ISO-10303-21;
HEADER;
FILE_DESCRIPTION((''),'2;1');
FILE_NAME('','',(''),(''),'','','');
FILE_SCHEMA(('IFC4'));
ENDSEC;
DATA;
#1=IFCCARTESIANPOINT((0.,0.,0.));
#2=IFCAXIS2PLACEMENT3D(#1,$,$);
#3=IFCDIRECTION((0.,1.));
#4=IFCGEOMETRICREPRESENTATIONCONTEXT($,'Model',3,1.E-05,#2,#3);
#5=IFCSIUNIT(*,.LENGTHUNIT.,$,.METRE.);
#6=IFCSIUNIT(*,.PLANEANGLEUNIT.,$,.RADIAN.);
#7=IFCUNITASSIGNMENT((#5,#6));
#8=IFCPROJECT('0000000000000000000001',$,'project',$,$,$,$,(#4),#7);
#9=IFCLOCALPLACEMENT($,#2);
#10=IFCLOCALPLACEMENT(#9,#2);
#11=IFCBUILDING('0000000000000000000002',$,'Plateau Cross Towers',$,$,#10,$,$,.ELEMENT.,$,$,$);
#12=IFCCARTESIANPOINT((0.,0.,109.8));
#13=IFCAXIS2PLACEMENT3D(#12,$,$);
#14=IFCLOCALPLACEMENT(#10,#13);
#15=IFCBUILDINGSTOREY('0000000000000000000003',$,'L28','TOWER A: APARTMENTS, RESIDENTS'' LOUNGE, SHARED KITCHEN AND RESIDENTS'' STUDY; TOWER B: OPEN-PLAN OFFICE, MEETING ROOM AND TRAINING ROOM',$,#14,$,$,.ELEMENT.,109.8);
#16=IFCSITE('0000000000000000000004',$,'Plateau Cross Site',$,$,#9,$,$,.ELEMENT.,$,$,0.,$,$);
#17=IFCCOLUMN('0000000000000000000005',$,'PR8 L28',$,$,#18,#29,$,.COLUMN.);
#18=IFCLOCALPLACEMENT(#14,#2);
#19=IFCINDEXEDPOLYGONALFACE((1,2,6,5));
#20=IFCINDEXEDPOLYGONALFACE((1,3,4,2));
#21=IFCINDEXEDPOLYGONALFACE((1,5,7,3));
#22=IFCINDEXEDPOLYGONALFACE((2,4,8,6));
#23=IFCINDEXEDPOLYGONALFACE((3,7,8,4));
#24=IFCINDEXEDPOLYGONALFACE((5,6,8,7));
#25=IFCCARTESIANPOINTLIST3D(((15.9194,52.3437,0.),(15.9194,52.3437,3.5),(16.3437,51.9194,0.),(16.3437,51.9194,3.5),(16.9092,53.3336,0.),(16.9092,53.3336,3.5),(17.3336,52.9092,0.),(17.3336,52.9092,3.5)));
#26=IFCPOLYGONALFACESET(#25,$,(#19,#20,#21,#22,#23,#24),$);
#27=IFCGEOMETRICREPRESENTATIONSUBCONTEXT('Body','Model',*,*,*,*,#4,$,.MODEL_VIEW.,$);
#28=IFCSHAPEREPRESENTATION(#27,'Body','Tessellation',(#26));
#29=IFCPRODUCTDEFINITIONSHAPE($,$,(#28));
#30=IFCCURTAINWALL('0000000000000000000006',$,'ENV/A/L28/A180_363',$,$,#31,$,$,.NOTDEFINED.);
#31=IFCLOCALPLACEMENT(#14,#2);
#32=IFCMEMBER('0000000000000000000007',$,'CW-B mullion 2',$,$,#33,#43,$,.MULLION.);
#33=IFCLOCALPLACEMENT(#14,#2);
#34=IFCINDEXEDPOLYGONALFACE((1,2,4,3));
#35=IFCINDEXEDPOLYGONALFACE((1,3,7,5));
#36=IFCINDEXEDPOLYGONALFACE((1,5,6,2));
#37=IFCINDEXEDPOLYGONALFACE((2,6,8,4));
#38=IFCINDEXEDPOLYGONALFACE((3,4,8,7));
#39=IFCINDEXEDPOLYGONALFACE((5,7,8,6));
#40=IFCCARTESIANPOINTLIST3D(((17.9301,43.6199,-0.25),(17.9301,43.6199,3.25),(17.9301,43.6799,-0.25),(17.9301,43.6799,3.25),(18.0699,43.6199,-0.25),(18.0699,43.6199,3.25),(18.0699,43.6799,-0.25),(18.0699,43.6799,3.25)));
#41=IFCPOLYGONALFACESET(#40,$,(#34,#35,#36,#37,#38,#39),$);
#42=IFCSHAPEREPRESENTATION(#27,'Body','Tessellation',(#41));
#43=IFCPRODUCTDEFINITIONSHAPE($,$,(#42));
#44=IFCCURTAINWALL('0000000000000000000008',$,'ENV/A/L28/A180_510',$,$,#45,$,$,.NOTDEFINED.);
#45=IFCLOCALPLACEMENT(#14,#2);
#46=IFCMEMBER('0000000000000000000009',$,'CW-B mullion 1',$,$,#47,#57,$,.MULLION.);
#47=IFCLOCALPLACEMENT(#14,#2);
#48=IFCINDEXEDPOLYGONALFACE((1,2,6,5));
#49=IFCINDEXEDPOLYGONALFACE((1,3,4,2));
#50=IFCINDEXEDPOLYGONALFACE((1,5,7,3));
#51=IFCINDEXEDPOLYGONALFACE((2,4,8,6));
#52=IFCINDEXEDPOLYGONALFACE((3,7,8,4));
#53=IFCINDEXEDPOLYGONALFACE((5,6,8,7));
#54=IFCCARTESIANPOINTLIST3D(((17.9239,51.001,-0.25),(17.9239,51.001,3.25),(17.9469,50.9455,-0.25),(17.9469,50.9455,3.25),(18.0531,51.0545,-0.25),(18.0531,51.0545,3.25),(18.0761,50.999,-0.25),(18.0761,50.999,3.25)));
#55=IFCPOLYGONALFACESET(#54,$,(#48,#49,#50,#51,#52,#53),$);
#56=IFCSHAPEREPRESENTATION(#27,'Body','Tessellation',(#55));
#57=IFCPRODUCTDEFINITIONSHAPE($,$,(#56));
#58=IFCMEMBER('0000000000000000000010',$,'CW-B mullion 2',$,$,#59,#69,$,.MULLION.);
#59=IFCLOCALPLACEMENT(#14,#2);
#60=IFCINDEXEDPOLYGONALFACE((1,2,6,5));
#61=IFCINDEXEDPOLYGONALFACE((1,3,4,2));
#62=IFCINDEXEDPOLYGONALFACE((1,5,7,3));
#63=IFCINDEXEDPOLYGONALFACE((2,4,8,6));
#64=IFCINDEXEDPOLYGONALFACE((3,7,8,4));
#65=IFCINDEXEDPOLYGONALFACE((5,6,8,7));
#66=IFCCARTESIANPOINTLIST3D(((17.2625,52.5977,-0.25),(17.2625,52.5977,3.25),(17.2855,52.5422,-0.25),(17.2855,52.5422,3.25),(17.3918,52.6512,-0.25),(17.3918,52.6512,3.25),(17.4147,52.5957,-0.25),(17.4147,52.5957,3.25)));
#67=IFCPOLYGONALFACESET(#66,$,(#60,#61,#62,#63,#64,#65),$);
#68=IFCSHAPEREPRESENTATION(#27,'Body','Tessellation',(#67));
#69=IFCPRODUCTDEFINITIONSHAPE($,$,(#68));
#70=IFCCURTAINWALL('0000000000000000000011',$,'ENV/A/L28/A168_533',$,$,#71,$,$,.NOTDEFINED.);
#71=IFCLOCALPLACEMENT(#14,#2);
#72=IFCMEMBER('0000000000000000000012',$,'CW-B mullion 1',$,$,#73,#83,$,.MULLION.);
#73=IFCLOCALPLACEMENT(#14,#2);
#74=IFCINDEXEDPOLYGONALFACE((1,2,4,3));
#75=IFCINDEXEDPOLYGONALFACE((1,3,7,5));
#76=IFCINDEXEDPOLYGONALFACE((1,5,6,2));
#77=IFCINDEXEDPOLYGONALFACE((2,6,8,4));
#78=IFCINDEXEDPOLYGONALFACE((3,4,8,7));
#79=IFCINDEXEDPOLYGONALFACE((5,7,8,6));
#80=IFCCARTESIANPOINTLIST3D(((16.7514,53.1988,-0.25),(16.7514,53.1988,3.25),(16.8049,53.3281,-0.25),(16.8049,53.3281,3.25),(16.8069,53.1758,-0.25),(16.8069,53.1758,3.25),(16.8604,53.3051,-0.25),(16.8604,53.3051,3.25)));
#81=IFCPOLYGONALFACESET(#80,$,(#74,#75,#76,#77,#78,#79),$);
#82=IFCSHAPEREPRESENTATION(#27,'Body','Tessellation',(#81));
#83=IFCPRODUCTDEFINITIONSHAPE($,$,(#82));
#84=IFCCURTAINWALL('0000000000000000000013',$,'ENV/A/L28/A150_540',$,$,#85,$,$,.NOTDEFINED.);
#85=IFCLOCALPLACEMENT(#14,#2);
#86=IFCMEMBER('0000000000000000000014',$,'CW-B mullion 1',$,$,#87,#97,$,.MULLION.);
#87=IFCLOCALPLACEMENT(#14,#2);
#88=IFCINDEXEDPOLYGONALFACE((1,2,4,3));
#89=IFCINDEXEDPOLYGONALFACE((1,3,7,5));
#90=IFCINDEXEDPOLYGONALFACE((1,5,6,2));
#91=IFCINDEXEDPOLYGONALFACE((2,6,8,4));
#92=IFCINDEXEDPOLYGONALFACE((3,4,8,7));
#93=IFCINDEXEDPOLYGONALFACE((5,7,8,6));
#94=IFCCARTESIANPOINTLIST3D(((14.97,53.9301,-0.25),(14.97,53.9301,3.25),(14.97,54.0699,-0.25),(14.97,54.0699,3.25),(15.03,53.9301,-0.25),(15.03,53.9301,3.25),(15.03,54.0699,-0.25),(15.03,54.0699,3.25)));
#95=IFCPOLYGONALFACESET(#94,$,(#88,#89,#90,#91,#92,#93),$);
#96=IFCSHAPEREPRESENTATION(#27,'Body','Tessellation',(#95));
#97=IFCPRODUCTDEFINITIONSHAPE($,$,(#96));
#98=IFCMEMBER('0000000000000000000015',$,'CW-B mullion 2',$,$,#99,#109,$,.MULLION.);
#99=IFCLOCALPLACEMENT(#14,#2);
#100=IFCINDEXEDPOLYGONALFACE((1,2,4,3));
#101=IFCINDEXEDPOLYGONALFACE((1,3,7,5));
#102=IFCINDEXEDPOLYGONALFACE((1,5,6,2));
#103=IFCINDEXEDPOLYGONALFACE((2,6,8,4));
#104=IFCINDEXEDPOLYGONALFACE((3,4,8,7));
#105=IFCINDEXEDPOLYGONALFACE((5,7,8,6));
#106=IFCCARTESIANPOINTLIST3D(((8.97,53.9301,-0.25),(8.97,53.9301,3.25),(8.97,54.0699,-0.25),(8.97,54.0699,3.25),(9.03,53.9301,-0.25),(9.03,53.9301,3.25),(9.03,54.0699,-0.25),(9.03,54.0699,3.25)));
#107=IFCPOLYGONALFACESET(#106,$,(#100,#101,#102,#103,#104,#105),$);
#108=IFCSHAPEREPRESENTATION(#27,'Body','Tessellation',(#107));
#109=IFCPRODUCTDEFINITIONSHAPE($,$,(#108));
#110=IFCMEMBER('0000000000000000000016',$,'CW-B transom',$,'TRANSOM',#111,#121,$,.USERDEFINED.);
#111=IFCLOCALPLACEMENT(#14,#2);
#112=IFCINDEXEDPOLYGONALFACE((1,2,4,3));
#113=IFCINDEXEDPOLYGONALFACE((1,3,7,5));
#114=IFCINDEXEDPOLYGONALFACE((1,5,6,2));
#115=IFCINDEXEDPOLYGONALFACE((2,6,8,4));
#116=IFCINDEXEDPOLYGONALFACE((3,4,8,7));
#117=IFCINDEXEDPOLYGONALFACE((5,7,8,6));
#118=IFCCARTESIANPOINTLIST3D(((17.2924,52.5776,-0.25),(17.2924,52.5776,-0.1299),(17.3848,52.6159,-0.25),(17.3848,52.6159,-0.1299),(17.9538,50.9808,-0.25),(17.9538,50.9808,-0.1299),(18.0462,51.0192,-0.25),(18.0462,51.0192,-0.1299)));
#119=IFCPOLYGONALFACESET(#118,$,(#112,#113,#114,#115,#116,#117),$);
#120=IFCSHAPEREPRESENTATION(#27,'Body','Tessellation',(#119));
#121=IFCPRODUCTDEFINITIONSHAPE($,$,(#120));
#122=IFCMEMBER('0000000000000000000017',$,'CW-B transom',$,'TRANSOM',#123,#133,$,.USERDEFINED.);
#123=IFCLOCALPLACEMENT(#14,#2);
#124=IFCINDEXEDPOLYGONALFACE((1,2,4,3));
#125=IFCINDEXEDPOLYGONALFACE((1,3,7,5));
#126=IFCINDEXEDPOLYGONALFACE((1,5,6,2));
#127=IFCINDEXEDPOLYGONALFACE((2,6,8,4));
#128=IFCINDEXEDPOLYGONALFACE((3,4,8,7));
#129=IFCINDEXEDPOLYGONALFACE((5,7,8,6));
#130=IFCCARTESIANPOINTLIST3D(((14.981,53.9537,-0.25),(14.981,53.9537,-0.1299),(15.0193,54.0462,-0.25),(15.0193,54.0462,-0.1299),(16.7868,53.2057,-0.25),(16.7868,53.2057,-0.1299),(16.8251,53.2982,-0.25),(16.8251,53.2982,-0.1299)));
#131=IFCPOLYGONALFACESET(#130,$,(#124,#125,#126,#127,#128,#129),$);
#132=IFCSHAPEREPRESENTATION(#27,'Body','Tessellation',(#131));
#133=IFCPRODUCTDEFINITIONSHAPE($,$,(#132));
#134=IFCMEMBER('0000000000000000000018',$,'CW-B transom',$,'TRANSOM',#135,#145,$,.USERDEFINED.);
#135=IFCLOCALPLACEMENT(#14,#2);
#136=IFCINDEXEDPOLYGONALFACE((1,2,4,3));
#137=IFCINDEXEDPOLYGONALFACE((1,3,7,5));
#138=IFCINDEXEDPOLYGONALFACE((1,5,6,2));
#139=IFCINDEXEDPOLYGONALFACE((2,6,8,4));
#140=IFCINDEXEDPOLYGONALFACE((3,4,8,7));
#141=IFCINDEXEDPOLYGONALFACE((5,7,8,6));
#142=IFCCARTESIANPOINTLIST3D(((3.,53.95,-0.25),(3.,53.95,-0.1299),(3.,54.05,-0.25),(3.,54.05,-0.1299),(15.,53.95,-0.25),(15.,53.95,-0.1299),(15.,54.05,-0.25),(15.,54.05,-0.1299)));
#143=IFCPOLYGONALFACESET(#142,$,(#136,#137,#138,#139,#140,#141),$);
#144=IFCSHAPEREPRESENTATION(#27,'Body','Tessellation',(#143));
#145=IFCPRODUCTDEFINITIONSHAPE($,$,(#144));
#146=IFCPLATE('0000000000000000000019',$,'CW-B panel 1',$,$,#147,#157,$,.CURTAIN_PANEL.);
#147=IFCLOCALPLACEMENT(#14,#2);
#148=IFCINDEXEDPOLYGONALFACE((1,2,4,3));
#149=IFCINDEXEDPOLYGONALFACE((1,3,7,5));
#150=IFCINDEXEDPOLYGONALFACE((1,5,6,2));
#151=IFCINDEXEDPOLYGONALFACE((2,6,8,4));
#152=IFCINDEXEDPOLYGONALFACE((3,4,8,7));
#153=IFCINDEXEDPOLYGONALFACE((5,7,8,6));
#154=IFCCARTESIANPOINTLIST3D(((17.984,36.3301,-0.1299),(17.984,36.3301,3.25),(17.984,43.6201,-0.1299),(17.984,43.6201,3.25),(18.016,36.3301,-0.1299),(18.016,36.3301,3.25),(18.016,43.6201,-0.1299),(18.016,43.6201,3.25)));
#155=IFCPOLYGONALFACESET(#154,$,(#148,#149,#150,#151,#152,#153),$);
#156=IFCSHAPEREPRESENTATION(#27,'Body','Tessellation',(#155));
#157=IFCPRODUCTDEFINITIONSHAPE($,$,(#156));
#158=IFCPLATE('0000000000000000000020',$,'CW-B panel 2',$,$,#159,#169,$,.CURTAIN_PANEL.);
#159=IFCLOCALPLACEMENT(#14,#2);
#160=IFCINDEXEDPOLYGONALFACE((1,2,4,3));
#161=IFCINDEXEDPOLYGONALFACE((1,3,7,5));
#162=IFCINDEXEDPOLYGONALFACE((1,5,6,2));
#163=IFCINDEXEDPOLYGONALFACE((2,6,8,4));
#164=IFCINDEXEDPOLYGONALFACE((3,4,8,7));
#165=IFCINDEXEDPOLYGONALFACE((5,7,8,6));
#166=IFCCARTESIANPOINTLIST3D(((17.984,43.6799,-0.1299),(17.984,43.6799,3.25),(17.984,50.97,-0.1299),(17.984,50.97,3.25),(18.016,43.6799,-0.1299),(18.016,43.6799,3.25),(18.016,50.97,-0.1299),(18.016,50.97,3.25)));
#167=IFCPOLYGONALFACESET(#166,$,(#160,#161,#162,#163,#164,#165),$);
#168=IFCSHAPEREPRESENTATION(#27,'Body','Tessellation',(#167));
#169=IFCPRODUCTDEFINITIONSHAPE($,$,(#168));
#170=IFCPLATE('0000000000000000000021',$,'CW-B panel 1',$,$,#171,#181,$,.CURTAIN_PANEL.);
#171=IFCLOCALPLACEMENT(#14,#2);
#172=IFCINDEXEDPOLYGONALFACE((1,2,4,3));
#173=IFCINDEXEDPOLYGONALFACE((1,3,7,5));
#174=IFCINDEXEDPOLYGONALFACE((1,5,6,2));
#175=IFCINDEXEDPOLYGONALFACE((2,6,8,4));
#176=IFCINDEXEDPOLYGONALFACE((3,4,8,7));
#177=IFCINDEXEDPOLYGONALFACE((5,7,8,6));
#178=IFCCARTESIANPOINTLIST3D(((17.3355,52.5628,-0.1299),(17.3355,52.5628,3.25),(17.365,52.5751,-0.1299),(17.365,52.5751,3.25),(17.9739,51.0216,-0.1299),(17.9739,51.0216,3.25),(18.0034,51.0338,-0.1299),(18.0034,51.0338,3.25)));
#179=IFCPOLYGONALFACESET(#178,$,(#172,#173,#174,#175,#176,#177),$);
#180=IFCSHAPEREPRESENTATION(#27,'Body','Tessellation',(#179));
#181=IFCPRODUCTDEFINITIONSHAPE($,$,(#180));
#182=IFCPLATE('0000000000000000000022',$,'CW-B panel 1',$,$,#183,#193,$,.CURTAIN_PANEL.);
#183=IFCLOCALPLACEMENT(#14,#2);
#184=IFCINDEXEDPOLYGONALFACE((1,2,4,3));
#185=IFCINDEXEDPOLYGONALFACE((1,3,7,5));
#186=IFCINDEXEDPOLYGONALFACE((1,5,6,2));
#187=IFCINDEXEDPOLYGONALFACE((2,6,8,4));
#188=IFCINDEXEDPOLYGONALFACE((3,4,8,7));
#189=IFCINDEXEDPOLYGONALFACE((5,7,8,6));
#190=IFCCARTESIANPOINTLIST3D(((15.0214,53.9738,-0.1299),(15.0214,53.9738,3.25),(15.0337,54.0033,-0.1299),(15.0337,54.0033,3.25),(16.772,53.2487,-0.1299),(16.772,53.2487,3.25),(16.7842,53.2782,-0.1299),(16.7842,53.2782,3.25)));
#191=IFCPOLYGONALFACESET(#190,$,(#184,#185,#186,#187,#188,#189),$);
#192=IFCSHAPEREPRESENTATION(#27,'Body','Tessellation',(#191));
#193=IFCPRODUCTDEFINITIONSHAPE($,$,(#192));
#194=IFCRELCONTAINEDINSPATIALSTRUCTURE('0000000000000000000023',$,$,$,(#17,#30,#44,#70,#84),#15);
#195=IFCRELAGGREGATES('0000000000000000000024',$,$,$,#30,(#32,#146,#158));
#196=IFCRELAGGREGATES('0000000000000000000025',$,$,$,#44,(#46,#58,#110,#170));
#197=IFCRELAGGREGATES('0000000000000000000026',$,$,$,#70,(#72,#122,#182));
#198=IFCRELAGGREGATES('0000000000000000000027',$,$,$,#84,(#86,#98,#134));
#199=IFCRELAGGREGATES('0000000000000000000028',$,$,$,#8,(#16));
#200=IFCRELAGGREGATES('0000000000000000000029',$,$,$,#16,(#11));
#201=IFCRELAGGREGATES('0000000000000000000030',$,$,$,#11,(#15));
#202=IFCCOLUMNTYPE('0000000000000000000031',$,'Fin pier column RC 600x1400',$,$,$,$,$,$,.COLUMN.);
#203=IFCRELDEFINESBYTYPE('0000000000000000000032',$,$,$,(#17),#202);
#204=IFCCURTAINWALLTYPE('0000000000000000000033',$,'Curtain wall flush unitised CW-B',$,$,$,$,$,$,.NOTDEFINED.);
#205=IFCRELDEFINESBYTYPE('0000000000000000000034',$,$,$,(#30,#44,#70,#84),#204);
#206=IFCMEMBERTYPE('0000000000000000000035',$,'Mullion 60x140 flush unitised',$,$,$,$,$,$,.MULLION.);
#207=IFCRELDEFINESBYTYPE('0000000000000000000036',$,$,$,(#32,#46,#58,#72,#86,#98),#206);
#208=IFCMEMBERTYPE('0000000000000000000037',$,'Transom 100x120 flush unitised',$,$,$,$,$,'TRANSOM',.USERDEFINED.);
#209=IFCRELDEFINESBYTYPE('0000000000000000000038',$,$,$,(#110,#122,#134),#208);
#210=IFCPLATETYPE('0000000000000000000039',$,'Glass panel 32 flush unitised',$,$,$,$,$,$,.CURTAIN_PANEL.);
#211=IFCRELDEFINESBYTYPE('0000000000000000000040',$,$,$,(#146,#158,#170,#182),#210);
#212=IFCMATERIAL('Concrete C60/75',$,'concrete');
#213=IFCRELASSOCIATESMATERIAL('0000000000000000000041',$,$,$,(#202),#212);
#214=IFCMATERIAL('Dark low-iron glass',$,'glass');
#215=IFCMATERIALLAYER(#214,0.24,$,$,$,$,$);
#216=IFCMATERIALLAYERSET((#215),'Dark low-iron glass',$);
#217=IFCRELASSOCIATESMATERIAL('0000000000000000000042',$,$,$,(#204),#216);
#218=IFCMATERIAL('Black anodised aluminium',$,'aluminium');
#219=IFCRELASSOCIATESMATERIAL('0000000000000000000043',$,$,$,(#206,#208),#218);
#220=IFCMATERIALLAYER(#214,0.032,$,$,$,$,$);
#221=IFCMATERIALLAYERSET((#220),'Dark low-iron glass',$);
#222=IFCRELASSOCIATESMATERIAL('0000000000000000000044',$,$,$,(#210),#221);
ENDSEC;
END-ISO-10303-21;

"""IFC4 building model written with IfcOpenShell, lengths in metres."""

from ifc_helpers import new_model, si_unit, direction, frame, origin, origin_2d, place, context, subcontext, project, spatial, rectangle, extrude, material, layer, layer_set, material_profile, profile_set, type_object, element, aggregate, save


model = new_model("IFC4")

# Units and contexts
model_context = context("Model", 3, precision=1e-05, world=origin(), true_north=direction((0.0, 1.0)))
body_context = subcontext(model_context, "Body", "Model", "MODEL_VIEW")
ifc_project = project(units=[si_unit("LENGTHUNIT", "METRE"), si_unit("PLANEANGLEUNIT", "RADIAN")], contexts=[model_context])

# Site, building, storey
site_placement = place(None, origin())
site = spatial("IfcSite", under=ifc_project, at=site_placement, Name="Plateau Cross Site", CompositionType="ELEMENT", RefElevation=0.0)
building_placement = place(site_placement, origin())
building = spatial("IfcBuilding", under=site, at=building_placement, Name="Plateau Cross Towers", CompositionType="ELEMENT")
storey_placement = place(building_placement, frame((0.0, 0.0, 109.8)))
storey = spatial("IfcBuildingStorey", under=building, at=storey_placement, Name="L28", Description="TOWER A: APARTMENTS, RESIDENTS' LOUNGE, SHARED KITCHEN AND RESIDENTS' STUDY; TOWER B: OPEN-PLAN OFFICE, MEETING ROOM AND TRAINING ROOM", CompositionType="ELEMENT", Elevation=109.8)

# Column
ifc_material_1 = material(Name="Concrete C60/75", Category="concrete")
ifc_material_profile_1 = material_profile(ifc_material_1, rectangle(XDim=0.6001, YDim=1.3999, at=origin_2d()), Name="RC 600x1400")
ifc_profile_set_1 = profile_set([ifc_material_profile_1], Name="Concrete C60/75")
column_type = type_object("IfcColumnType", Name="Fin pier column RC 600x1400", PredefinedType="COLUMN", material=ifc_profile_set_1)
column_placement = place(storey_placement, frame((16.6265, 52.6265, 0.0), z_axis=(0.0, 0.0, 1.0), x_axis=(-0.707107, 0.707107, 0.0)))
element("IfcColumn", 1, at=column_placement, inside=storey, type_object=column_type, Name="PR8 L28", PredefinedType="COLUMN", context=body_context, shape_type="SweptSolid", body=[
    extrude(rectangle(XDim=0.6001, YDim=1.3999, at=origin_2d()), origin(), (0.0, 0.0, 1.0), 3.5),
])

# Curtain wall, member
ifc_material_2 = material(Name="Dark low-iron glass", Category="glass")
ifc_layer_1 = layer(ifc_material_2, 0.24)
ifc_layer_set_1 = layer_set([ifc_layer_1], Name="Dark low-iron glass")
curtain_wall_type = type_object("IfcCurtainWallType", Name="Curtain wall flush unitised CW-B", PredefinedType="NOTDEFINED", material=ifc_layer_set_1)
curtain_wall_1_placement = place(storey_placement, origin())
curtain_wall_1 = element("IfcCurtainWall", 2, at=curtain_wall_1_placement, inside=storey, type_object=curtain_wall_type, Name="ENV/A/L28/A180_363", PredefinedType="NOTDEFINED")
ifc_material_3 = material(Name="Black anodised aluminium", Category="aluminium")
ifc_material_profile_2 = material_profile(ifc_material_3, rectangle(XDim=0.0601, YDim=0.1399, at=origin_2d()), Name="MULLION 60x140")
ifc_profile_set_2 = profile_set([ifc_material_profile_2], Name="Black anodised aluminium")
member_type_1 = type_object("IfcMemberType", Name="Mullion 60x140 flush unitised", PredefinedType="MULLION", material=ifc_profile_set_2)
member_1_placement = place(storey_placement, frame((18.0, 43.6499, -0.25), z_axis=(0.0, 0.0, 1.0), x_axis=(0.0, 1.0, 0.0)))
member_1 = element("IfcMember", 3, at=member_1_placement, type_object=member_type_1, Name="CW-B mullion 2", PredefinedType="MULLION", context=body_context, shape_type="SweptSolid", body=[
    extrude(rectangle(XDim=0.0601, YDim=0.1399, at=origin_2d()), origin(), (0.0, 0.0, 1.0), 3.5),
])

# Curtain wall, members
curtain_wall_2_placement = place(storey_placement, origin())
curtain_wall_2 = element("IfcCurtainWall", 4, at=curtain_wall_2_placement, inside=storey, type_object=curtain_wall_type, Name="ENV/A/L28/A180_510", PredefinedType="NOTDEFINED")
member_2_placement = place(storey_placement, frame((18.0, 51.0, -0.25), z_axis=(0.0, 0.0, 1.0), x_axis=(-0.382684, 0.923879, 0.0)))
member_2 = element("IfcMember", 5, at=member_2_placement, type_object=member_type_1, Name="CW-B mullion 1", PredefinedType="MULLION", context=body_context, shape_type="SweptSolid", body=[
    extrude(rectangle(XDim=0.0601, YDim=0.1399, at=origin_2d()), origin(), (0.0, 0.0, 1.0), 3.5),
])
member_3_placement = place(storey_placement, frame((17.3386, 52.5967, -0.25), z_axis=(0.0, 0.0, 1.0), x_axis=(-0.382684, 0.923879, 0.0)))
member_3 = element("IfcMember", 6, at=member_3_placement, type_object=member_type_1, Name="CW-B mullion 2", PredefinedType="MULLION", context=body_context, shape_type="SweptSolid", body=[
    extrude(rectangle(XDim=0.0601, YDim=0.1399, at=origin_2d()), origin(), (0.0, 0.0, 1.0), 3.5),
])

# Curtain wall, member
curtain_wall_3_placement = place(storey_placement, origin())
curtain_wall_3 = element("IfcCurtainWall", 7, at=curtain_wall_3_placement, inside=storey, type_object=curtain_wall_type, Name="ENV/A/L28/A168_533", PredefinedType="NOTDEFINED")
member_4_placement = place(storey_placement, frame((16.8059, 53.252, -0.25), z_axis=(0.0, 0.0, 1.0), x_axis=(-0.923879, 0.382684, 0.0)))
member_4 = element("IfcMember", 8, at=member_4_placement, type_object=member_type_1, Name="CW-B mullion 1", PredefinedType="MULLION", context=body_context, shape_type="SweptSolid", body=[
    extrude(rectangle(XDim=0.0601, YDim=0.1399, at=origin_2d()), origin(), (0.0, 0.0, 1.0), 3.5),
])

# Curtain wall, members
curtain_wall_4_placement = place(storey_placement, origin())
curtain_wall_4 = element("IfcCurtainWall", 9, at=curtain_wall_4_placement, inside=storey, type_object=curtain_wall_type, Name="ENV/A/L28/A150_540", PredefinedType="NOTDEFINED")
member_5_placement = place(storey_placement, frame((15.0, 54.0, -0.25), z_axis=(0.0, 0.0, 1.0), x_axis=(-1.0, 0.0, 0.0)))
member_5 = element("IfcMember", 10, at=member_5_placement, type_object=member_type_1, Name="CW-B mullion 1", PredefinedType="MULLION", context=body_context, shape_type="SweptSolid", body=[
    extrude(rectangle(XDim=0.0601, YDim=0.1399, at=origin_2d()), origin(), (0.0, 0.0, 1.0), 3.5),
])
member_6_placement = place(storey_placement, frame((9.0, 54.0, -0.25), z_axis=(0.0, 0.0, 1.0), x_axis=(-1.0, 0.0, 0.0)))
member_6 = element("IfcMember", 11, at=member_6_placement, type_object=member_type_1, Name="CW-B mullion 2", PredefinedType="MULLION", context=body_context, shape_type="SweptSolid", body=[
    extrude(rectangle(XDim=0.0601, YDim=0.1399, at=origin_2d()), origin(), (0.0, 0.0, 1.0), 3.5),
])

# Members
ifc_material_profile_3 = material_profile(ifc_material_3, rectangle(XDim=0.1001, YDim=0.1201, at=origin_2d()), Name="TRANSOM 100x120")
ifc_profile_set_3 = profile_set([ifc_material_profile_3], Name="Black anodised aluminium")
member_type_2 = type_object("IfcMemberType", Name="Transom 100x120 flush unitised", ElementType="TRANSOM", PredefinedType="USERDEFINED", material=ifc_profile_set_3)
member_7_placement = place(storey_placement, frame((18.0, 51.0, -0.1899), z_axis=(-0.382689, 0.923877, 0.0), x_axis=(-0.923877, -0.382689, 0.0)))
member_7 = element("IfcMember", 12, at=member_7_placement, type_object=member_type_2, Name="CW-B transom", ObjectType="TRANSOM", PredefinedType="USERDEFINED", context=body_context, shape_type="SweptSolid", body=[
    extrude(rectangle(XDim=0.1001, YDim=0.1201, at=origin_2d()), origin(), (0.0, 0.0, 1.0), 1.7283),
])
member_8_placement = place(storey_placement, frame((16.8059, 53.252, -0.1899), z_axis=(-0.923877, 0.38269, 0.0), x_axis=(-0.38269, -0.923877, 0.0)))
member_8 = element("IfcMember", 13, at=member_8_placement, type_object=member_type_2, Name="CW-B transom", ObjectType="TRANSOM", PredefinedType="USERDEFINED", context=body_context, shape_type="SweptSolid", body=[
    extrude(rectangle(XDim=0.1001, YDim=0.1201, at=origin_2d()), origin(), (0.0, 0.0, 1.0), 1.9546),
])
member_9_placement = place(storey_placement, frame((15.0, 54.0, -0.1899), z_axis=(-1.0, 0.0, 0.0), x_axis=(0.0, -1.0, 0.0)))
member_9 = element("IfcMember", 14, at=member_9_placement, type_object=member_type_2, Name="CW-B transom", ObjectType="TRANSOM", PredefinedType="USERDEFINED", context=body_context, shape_type="SweptSolid", body=[
    extrude(rectangle(XDim=0.1001, YDim=0.1201, at=origin_2d()), origin(), (0.0, 0.0, 1.0), 12.0),
])

# Plates
ifc_layer_2 = layer(ifc_material_2, 0.032)
ifc_layer_set_2 = layer_set([ifc_layer_2], Name="Dark low-iron glass")
plate_type = type_object("IfcPlateType", Name="Glass panel 32 flush unitised", PredefinedType="CURTAIN_PANEL", material=ifc_layer_set_2)
plate_1_placement = place(storey_placement, frame((18.0, 39.9751, -0.1299), z_axis=(0.0, 0.0, 1.0), x_axis=(0.0, 1.0, 0.0)))
plate_1 = element("IfcPlate", 15, at=plate_1_placement, type_object=plate_type, Name="CW-B panel 1", PredefinedType="CURTAIN_PANEL", context=body_context, shape_type="SweptSolid", body=[
    extrude(rectangle(XDim=7.29, YDim=0.032, at=origin_2d()), origin(), (0.0, 0.0, 1.0), 3.3799),
])
plate_2_placement = place(storey_placement, frame((18.0, 47.325, -0.1299), z_axis=(0.0, 0.0, 1.0), x_axis=(0.0, 1.0, 0.0)))
plate_2 = element("IfcPlate", 16, at=plate_2_placement, type_object=plate_type, Name="CW-B panel 2", PredefinedType="CURTAIN_PANEL", context=body_context, shape_type="SweptSolid", body=[
    extrude(rectangle(XDim=7.29, YDim=0.032, at=origin_2d()), origin(), (0.0, 0.0, 1.0), 3.3799),
])
aggregate(curtain_wall_1, [member_1, plate_1, plate_2])
plate_3_placement = place(storey_placement, frame((17.6694, 51.7983, -0.1299), z_axis=(0.0, 0.0, 1.0), x_axis=(-0.382684, 0.923879, 0.0)))
plate_3 = element("IfcPlate", 17, at=plate_3_placement, type_object=plate_type, Name="CW-B panel 1", PredefinedType="CURTAIN_PANEL", context=body_context, shape_type="SweptSolid", body=[
    extrude(rectangle(XDim=1.6682, YDim=0.032, at=origin_2d()), origin(), (0.0, 0.0, 1.0), 3.3799),
])
aggregate(curtain_wall_2, [member_2, member_3, member_7, plate_3])
plate_4_placement = place(storey_placement, frame((15.9028, 53.626, -0.1299), z_axis=(0.0, 0.0, 1.0), x_axis=(-0.923879, 0.382684, 0.0)))
plate_4 = element("IfcPlate", 18, at=plate_4_placement, type_object=plate_type, Name="CW-B panel 1", PredefinedType="CURTAIN_PANEL", context=body_context, shape_type="SweptSolid", body=[
    extrude(rectangle(XDim=1.8948, YDim=0.032, at=origin_2d()), origin(), (0.0, 0.0, 1.0), 3.3799),
])
aggregate(curtain_wall_3, [member_4, member_8, plate_4])
aggregate(curtain_wall_4, [member_5, member_6, member_9])

save(model, "model.ifc")
